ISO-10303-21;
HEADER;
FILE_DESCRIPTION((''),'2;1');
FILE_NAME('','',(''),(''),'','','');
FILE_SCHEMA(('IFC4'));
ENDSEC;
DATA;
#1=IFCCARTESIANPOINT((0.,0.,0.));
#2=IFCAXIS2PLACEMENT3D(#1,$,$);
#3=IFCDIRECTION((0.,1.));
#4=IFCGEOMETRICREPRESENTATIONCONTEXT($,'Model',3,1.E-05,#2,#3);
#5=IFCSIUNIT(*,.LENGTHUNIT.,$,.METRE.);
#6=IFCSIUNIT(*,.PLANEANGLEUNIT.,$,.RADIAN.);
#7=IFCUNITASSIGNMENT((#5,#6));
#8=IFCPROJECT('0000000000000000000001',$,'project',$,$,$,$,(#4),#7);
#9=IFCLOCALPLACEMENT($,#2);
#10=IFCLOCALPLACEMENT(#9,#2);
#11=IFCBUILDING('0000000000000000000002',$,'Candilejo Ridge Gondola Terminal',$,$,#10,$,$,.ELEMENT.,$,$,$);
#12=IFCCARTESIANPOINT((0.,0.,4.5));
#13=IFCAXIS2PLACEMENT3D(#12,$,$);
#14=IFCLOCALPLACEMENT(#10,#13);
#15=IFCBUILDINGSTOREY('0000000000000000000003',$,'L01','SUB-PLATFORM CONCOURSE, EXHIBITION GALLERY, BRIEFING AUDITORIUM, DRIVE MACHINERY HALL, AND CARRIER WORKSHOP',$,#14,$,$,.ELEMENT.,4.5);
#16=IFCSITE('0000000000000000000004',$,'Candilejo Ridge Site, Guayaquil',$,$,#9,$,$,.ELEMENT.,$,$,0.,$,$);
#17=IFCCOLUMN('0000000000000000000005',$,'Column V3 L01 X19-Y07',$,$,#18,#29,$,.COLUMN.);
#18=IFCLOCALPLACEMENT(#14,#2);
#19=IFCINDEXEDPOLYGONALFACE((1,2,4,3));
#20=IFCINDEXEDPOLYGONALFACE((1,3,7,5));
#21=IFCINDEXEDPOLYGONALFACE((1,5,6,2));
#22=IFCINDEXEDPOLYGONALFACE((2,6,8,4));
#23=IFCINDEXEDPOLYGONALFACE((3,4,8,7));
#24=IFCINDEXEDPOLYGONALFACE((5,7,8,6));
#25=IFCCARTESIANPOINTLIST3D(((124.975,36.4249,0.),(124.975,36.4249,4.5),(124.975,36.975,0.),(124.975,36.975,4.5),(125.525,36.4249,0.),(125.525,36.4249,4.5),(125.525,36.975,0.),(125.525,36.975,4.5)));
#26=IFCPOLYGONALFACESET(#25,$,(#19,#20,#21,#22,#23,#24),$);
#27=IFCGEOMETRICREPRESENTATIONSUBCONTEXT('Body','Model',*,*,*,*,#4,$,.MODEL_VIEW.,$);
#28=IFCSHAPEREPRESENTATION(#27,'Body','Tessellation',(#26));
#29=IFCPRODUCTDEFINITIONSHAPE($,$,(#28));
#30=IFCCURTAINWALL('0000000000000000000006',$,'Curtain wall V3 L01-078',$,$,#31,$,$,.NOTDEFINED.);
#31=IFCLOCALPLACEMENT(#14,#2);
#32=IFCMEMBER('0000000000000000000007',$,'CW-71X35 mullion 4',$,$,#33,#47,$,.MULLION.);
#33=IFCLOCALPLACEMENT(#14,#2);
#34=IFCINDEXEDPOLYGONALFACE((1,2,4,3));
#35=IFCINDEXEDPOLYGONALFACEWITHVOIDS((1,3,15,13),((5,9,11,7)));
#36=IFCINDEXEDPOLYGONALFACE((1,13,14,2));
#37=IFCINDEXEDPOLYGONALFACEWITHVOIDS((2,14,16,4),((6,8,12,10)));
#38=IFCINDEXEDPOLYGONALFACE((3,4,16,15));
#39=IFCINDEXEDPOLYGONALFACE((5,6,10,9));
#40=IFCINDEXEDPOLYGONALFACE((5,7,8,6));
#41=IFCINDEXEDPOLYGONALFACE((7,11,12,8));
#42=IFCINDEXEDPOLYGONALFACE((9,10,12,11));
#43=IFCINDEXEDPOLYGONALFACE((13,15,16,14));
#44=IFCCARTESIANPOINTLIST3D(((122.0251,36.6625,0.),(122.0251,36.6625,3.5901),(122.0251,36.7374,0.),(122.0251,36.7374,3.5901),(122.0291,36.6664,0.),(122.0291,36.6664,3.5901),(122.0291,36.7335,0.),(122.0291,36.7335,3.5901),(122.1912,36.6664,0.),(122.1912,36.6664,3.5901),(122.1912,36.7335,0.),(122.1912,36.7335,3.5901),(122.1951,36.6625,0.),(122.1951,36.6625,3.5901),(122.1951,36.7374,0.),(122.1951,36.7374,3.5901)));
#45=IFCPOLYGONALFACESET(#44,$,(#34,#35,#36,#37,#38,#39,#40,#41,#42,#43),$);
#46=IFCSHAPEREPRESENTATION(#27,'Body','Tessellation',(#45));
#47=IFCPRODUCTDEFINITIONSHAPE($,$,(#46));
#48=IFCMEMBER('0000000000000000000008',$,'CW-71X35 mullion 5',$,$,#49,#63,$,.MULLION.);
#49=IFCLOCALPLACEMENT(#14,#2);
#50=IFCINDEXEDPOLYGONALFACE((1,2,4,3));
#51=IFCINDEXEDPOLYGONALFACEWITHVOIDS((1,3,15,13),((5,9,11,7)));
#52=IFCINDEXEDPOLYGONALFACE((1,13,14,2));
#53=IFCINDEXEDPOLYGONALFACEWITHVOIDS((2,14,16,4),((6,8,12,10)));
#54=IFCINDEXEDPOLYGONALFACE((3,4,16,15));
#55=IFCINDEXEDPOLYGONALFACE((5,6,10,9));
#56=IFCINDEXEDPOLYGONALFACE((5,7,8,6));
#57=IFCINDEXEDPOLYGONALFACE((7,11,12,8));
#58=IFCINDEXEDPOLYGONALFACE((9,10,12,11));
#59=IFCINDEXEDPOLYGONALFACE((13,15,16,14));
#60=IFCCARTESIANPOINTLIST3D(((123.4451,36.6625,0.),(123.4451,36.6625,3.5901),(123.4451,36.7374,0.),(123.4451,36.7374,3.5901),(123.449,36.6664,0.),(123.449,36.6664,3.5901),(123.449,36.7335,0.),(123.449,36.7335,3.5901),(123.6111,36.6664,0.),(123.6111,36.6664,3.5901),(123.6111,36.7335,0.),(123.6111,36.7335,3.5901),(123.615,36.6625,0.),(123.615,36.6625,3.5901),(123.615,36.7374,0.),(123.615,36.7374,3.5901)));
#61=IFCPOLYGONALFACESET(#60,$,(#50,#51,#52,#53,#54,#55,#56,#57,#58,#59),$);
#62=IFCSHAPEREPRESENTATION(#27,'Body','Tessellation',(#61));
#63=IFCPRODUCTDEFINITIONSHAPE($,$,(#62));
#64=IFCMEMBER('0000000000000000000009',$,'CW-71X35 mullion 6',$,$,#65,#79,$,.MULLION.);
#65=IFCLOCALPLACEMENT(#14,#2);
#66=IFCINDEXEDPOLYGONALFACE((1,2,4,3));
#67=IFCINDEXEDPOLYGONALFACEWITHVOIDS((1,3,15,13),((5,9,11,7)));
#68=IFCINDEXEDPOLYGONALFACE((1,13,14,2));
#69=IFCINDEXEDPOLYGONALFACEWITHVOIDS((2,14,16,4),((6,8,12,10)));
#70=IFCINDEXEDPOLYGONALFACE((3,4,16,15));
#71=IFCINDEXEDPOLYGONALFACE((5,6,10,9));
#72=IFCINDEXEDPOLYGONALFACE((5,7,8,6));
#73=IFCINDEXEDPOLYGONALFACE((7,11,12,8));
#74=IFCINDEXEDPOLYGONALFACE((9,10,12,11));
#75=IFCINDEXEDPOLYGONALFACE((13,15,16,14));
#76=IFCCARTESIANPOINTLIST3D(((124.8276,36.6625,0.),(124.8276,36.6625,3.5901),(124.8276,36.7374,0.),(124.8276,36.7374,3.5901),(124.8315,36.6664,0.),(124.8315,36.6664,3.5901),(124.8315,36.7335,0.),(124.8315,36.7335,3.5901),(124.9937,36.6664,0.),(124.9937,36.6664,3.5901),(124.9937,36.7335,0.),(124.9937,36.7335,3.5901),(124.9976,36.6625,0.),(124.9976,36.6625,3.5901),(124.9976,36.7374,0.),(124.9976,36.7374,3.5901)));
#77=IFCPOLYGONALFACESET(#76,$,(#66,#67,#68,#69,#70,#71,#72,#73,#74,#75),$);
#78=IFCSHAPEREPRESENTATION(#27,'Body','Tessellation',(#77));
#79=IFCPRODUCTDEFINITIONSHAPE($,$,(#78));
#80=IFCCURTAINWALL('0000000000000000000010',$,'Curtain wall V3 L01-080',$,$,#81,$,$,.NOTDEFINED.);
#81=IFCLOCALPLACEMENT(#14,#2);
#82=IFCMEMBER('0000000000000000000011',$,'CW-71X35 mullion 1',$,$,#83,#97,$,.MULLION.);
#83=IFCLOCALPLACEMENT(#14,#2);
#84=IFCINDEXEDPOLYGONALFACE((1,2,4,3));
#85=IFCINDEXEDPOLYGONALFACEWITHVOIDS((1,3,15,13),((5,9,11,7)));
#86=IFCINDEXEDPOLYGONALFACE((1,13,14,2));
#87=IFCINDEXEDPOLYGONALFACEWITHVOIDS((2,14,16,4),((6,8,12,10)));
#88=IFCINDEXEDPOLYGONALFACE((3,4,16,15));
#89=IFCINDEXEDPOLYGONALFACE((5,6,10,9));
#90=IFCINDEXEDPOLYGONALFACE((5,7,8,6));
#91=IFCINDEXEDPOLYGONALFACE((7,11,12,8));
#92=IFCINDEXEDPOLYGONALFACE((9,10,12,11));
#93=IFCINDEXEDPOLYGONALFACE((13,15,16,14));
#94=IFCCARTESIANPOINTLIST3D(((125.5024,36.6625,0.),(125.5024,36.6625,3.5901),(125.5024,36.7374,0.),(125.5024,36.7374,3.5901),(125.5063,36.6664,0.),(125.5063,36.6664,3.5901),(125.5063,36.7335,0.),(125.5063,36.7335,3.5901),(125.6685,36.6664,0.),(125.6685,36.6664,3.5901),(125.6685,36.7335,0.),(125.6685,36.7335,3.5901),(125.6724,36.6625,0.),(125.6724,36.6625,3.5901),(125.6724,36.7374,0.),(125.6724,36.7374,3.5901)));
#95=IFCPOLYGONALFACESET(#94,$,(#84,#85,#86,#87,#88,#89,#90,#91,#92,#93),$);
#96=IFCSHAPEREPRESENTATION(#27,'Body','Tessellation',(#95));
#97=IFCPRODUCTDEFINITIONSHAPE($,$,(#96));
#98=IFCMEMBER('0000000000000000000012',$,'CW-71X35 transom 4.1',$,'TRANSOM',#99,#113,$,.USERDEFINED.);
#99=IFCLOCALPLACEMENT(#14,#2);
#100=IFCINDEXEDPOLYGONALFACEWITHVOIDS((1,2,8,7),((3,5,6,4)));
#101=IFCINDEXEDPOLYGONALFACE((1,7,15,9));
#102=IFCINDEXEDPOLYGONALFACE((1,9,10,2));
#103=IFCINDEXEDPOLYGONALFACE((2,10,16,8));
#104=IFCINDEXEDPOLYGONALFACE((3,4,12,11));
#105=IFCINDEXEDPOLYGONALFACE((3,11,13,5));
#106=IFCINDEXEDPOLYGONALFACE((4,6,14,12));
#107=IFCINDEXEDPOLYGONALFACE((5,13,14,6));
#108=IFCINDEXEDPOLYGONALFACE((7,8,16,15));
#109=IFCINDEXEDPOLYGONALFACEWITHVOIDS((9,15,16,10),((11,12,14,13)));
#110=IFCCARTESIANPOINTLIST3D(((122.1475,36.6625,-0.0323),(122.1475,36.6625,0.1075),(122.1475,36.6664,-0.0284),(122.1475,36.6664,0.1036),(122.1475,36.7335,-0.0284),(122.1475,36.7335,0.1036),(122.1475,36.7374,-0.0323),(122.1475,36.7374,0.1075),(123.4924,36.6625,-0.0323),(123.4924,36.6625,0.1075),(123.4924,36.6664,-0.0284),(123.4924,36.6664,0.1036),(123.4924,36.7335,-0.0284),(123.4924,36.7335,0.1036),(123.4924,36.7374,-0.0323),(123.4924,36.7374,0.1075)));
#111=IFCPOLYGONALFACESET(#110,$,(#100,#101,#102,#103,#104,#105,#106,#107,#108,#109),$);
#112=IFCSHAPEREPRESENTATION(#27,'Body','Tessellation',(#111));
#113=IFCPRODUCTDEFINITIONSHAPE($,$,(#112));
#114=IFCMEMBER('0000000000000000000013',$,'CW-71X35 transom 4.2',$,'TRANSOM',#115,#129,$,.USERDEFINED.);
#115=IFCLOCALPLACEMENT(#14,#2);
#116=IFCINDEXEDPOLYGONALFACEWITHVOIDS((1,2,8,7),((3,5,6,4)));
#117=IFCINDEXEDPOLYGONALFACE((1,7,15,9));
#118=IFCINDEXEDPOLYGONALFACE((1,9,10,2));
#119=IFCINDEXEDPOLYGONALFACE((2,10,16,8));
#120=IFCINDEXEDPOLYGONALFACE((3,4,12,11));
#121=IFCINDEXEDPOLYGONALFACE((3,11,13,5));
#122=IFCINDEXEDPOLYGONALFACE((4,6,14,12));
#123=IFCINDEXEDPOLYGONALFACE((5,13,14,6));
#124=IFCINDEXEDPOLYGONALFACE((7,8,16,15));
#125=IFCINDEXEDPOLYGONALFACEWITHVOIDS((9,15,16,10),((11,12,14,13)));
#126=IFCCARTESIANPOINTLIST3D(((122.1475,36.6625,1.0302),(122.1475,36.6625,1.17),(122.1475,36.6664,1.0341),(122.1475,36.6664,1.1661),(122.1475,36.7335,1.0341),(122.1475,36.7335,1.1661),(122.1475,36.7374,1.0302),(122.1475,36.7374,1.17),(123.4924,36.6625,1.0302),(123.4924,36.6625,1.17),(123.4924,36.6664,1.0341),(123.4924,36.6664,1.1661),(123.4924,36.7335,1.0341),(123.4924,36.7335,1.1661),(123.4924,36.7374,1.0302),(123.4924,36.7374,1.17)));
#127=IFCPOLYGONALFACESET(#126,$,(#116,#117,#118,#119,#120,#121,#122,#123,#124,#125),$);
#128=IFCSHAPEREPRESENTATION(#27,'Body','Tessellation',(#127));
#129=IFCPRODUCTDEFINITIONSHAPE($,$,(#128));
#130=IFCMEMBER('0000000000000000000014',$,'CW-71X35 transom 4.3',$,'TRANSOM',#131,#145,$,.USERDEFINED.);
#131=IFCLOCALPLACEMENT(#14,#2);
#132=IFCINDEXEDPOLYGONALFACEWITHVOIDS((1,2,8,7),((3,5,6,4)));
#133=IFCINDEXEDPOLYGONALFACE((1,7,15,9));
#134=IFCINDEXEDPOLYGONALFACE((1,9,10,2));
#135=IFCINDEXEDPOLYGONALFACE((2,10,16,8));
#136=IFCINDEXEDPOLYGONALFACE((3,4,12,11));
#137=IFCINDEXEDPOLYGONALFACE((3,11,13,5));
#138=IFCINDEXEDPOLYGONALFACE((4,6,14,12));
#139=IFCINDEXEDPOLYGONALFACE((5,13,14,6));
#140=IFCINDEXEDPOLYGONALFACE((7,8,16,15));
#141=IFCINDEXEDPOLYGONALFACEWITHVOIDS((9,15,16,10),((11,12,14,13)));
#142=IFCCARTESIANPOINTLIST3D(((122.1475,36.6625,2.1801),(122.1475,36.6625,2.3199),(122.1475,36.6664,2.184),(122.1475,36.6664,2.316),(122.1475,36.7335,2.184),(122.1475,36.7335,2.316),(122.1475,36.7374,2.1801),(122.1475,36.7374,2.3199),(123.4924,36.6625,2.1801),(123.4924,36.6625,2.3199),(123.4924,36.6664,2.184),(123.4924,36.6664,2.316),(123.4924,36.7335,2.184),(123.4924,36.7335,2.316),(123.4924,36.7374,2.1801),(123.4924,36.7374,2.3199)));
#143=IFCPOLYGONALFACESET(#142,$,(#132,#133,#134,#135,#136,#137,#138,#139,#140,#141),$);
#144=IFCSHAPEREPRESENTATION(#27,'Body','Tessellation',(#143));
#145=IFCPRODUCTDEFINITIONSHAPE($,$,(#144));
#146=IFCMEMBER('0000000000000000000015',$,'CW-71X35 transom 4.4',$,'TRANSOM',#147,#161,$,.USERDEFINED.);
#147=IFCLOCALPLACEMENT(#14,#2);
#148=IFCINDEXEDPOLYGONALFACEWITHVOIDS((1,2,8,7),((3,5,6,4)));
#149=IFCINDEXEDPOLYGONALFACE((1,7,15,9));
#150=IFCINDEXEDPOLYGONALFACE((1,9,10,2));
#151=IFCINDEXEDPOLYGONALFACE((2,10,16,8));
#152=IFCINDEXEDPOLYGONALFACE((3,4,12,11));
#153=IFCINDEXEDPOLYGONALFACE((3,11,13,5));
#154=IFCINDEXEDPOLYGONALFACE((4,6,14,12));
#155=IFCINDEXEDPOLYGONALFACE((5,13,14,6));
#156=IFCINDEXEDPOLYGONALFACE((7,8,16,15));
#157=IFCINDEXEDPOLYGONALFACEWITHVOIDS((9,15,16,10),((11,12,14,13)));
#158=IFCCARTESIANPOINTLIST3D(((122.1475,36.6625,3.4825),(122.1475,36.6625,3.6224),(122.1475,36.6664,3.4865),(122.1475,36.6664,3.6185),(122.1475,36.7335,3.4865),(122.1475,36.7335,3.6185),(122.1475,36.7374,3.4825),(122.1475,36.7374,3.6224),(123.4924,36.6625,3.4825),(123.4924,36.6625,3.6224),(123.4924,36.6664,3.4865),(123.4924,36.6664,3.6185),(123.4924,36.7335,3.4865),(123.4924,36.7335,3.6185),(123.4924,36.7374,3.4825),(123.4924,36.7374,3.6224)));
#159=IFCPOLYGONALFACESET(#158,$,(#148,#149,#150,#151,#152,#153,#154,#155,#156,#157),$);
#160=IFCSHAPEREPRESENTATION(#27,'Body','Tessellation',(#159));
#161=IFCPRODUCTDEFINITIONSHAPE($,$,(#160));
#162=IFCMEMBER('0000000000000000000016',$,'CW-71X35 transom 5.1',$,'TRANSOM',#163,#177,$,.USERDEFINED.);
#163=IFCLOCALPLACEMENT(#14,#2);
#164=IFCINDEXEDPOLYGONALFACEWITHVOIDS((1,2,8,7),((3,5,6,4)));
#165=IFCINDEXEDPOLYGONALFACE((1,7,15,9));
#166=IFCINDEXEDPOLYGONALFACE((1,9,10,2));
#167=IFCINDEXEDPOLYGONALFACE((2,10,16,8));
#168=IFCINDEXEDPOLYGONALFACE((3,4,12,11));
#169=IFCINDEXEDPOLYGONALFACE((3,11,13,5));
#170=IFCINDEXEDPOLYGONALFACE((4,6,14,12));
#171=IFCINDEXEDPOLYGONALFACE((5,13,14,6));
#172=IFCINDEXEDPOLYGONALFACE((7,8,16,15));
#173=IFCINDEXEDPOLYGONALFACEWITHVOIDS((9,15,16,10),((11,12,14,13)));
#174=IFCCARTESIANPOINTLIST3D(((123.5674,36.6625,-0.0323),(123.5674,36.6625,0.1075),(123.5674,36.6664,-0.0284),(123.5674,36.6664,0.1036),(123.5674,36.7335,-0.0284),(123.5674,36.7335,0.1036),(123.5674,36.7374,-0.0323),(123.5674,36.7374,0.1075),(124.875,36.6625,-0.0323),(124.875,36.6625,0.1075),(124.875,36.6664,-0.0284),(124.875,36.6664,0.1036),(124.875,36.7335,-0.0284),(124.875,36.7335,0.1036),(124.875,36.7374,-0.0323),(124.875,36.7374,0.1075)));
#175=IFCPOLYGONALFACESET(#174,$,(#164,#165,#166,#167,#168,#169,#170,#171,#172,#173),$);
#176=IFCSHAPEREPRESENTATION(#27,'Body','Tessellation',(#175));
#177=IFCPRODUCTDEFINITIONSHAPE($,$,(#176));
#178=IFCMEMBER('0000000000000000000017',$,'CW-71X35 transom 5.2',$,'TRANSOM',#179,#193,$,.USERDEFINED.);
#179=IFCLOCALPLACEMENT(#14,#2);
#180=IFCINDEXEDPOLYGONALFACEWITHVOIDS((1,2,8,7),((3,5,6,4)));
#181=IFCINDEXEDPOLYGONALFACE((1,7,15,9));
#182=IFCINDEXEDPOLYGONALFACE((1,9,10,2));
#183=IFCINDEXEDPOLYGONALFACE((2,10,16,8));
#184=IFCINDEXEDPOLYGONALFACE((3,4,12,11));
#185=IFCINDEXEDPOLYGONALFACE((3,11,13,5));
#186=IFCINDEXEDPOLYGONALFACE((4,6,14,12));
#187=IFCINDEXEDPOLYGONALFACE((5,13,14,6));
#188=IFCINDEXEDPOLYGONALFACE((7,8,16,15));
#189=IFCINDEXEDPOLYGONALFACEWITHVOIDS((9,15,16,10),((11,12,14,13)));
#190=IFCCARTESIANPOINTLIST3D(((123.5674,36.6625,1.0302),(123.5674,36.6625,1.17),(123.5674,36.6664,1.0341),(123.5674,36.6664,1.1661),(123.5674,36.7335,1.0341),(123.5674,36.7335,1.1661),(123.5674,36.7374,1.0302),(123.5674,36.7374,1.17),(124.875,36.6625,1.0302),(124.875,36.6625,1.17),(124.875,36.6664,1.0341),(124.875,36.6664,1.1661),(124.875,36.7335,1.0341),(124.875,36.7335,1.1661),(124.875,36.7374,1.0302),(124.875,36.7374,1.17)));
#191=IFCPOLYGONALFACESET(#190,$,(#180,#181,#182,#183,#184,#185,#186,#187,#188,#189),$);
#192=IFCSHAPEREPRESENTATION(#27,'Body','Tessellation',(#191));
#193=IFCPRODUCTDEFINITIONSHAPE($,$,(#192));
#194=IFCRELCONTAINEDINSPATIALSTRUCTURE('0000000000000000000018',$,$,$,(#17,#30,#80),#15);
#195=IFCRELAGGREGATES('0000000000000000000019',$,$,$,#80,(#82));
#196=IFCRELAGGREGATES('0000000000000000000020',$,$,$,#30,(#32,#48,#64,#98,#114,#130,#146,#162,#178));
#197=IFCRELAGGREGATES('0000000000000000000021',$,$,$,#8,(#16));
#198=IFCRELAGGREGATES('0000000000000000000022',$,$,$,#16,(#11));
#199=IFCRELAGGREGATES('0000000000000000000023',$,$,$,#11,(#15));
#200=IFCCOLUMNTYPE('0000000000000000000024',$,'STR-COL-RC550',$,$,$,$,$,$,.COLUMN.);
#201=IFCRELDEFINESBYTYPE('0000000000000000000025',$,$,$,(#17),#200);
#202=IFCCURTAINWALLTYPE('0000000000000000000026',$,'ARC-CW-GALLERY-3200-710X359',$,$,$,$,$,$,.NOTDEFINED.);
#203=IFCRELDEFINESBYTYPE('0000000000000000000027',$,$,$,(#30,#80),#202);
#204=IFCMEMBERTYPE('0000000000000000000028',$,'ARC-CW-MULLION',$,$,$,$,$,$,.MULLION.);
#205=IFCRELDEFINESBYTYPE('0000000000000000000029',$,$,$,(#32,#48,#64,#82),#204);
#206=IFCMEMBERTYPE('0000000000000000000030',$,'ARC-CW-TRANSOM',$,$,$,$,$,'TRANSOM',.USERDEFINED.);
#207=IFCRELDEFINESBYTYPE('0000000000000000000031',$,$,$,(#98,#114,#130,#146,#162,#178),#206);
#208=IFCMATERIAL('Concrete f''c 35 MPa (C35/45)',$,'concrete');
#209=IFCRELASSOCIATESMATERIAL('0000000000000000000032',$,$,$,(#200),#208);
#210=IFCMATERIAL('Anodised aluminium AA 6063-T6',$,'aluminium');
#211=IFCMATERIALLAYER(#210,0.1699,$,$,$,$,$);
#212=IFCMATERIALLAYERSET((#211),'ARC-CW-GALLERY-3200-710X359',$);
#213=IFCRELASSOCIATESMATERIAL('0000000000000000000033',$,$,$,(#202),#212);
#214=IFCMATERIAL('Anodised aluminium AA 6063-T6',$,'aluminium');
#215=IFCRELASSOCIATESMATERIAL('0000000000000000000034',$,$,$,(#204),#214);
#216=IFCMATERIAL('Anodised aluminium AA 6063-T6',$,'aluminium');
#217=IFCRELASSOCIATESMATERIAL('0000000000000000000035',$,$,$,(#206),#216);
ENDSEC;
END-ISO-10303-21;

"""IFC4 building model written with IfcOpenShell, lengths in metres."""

from ifc_helpers import new_model, si_unit, direction, frame, origin, origin_2d, place, context, subcontext, project, spatial, rectangle, hollow_rectangle, extrude, material, layer, layer_set, material_profile, profile_set, type_object, element, aggregate, save


model = new_model("IFC4")

# Units and contexts
model_context = context("Model", 3, precision=1e-05, world=origin(), true_north=direction((0.0, 1.0)))
body_context = subcontext(model_context, "Body", "Model", "MODEL_VIEW")
ifc_project = project(units=[si_unit("LENGTHUNIT", "METRE"), si_unit("PLANEANGLEUNIT", "RADIAN")], contexts=[model_context])

# Site, building, storey
site_placement = place(None, origin())
site = spatial("IfcSite", under=ifc_project, at=site_placement, Name="Candilejo Ridge Site, Guayaquil", CompositionType="ELEMENT", RefElevation=0.0)
building_placement = place(site_placement, origin())
building = spatial("IfcBuilding", under=site, at=building_placement, Name="Candilejo Ridge Gondola Terminal", CompositionType="ELEMENT")
storey_placement = place(building_placement, frame((0.0, 0.0, 4.5)))
storey = spatial("IfcBuildingStorey", under=building, at=storey_placement, Name="L01", Description="SUB-PLATFORM CONCOURSE, EXHIBITION GALLERY, BRIEFING AUDITORIUM, DRIVE MACHINERY HALL, AND CARRIER WORKSHOP", CompositionType="ELEMENT", Elevation=4.5)

# Column
ifc_material_1 = material(Name="Concrete f'c 35 MPa (C35/45)", Category="concrete")
ifc_material_profile_1 = material_profile(ifc_material_1, rectangle(XDim=0.55, YDim=0.55, at=origin_2d()))
ifc_profile_set_1 = profile_set([ifc_material_profile_1], Name="Concrete f'c 35 MPa (C35/45)")
column_type = type_object("IfcColumnType", Name="STR-COL-RC550", PredefinedType="COLUMN", material=ifc_profile_set_1)
column_placement = place(storey_placement, frame((125.25, 36.7, 0.0), z_axis=(0.0, 0.0, 1.0), x_axis=(1.0, 0.0, 0.0)))
element("IfcColumn", 1, at=column_placement, inside=storey, type_object=column_type, Name="Column V3 L01 X19-Y07", PredefinedType="COLUMN", context=body_context, shape_type="SweptSolid", body=[
    extrude(rectangle(XDim=0.55, YDim=0.55, at=origin_2d()), origin(), (0.0, 0.0, 1.0), 4.5),
])

# Curtain wall, members
ifc_material_2 = material(Name="Anodised aluminium AA 6063-T6", Category="aluminium")
ifc_layer_1 = layer(ifc_material_2, 0.1699)
ifc_layer_set_1 = layer_set([ifc_layer_1], Name="ARC-CW-GALLERY-3200-710X359")
curtain_wall_type = type_object("IfcCurtainWallType", Name="ARC-CW-GALLERY-3200-710X359", PredefinedType="NOTDEFINED", material=ifc_layer_set_1)
curtain_wall_1_placement = place(storey_placement, origin())
curtain_wall_1 = element("IfcCurtainWall", 2, at=curtain_wall_1_placement, inside=storey, type_object=curtain_wall_type, Name="Curtain wall V3 L01-078", PredefinedType="NOTDEFINED")
ifc_material_3 = material(Name="Anodised aluminium AA 6063-T6", Category="aluminium")
ifc_material_profile_2 = material_profile(ifc_material_3, hollow_rectangle(XDim=0.075, YDim=0.1699, WallThickness=0.0039, at=origin_2d()))
ifc_profile_set_2 = profile_set([ifc_material_profile_2], Name="Anodised aluminium AA 6063-T6")
member_type_1 = type_object("IfcMemberType", Name="ARC-CW-MULLION", PredefinedType="MULLION", material=ifc_profile_set_2)
member_1_placement = place(storey_placement, frame((122.1101, 36.7, 0.0), z_axis=(0.0, 0.0, 1.0), x_axis=(0.0, 1.0, 0.0)))
member_1 = element("IfcMember", 3, at=member_1_placement, type_object=member_type_1, Name="CW-71X35 mullion 4", PredefinedType="MULLION", context=body_context, shape_type="SweptSolid", body=[
    extrude(hollow_rectangle(XDim=0.075, YDim=0.1699, WallThickness=0.0039, at=origin_2d()), origin(), (0.0, 0.0, 1.0), 3.5901),
])
member_2_placement = place(storey_placement, frame((123.53, 36.7, 0.0), z_axis=(0.0, 0.0, 1.0), x_axis=(0.0, 1.0, 0.0)))
member_2 = element("IfcMember", 4, at=member_2_placement, type_object=member_type_1, Name="CW-71X35 mullion 5", PredefinedType="MULLION", context=body_context, shape_type="SweptSolid", body=[
    extrude(hollow_rectangle(XDim=0.075, YDim=0.1699, WallThickness=0.0039, at=origin_2d()), origin(), (0.0, 0.0, 1.0), 3.5901),
])
member_3_placement = place(storey_placement, frame((124.9126, 36.7, 0.0), z_axis=(0.0, 0.0, 1.0), x_axis=(0.0, 1.0, 0.0)))
member_3 = element("IfcMember", 5, at=member_3_placement, type_object=member_type_1, Name="CW-71X35 mullion 6", PredefinedType="MULLION", context=body_context, shape_type="SweptSolid", body=[
    extrude(hollow_rectangle(XDim=0.075, YDim=0.1699, WallThickness=0.0039, at=origin_2d()), origin(), (0.0, 0.0, 1.0), 3.5901),
])

# Curtain wall, member
curtain_wall_2_placement = place(storey_placement, origin())
curtain_wall_2 = element("IfcCurtainWall", 6, at=curtain_wall_2_placement, inside=storey, type_object=curtain_wall_type, Name="Curtain wall V3 L01-080", PredefinedType="NOTDEFINED")
member_4_placement = place(storey_placement, frame((125.5874, 36.7, 0.0), z_axis=(0.0, 0.0, 1.0), x_axis=(0.0, 1.0, 0.0)))
member_4 = element("IfcMember", 7, at=member_4_placement, type_object=member_type_1, Name="CW-71X35 mullion 1", PredefinedType="MULLION", context=body_context, shape_type="SweptSolid", body=[
    extrude(hollow_rectangle(XDim=0.075, YDim=0.1699, WallThickness=0.0039, at=origin_2d()), origin(), (0.0, 0.0, 1.0), 3.5901),
])
aggregate(curtain_wall_2, [member_4])

# Members
ifc_material_4 = material(Name="Anodised aluminium AA 6063-T6", Category="aluminium")
ifc_material_profile_3 = material_profile(ifc_material_4, hollow_rectangle(XDim=0.075, YDim=0.1399, WallThickness=0.0039, at=origin_2d()))
ifc_profile_set_3 = profile_set([ifc_material_profile_3], Name="Anodised aluminium AA 6063-T6")
member_type_2 = type_object("IfcMemberType", Name="ARC-CW-TRANSOM", ElementType="TRANSOM", PredefinedType="USERDEFINED", material=ifc_profile_set_3)
member_5_placement = place(storey_placement, frame((122.1475, 36.7, 0.0376), z_axis=(1.0, 0.0, 0.0), x_axis=(0.0, 1.0, 0.0)))
member_5 = element("IfcMember", 8, at=member_5_placement, type_object=member_type_2, Name="CW-71X35 transom 4.1", ObjectType="TRANSOM", PredefinedType="USERDEFINED", context=body_context, shape_type="SweptSolid", body=[
    extrude(hollow_rectangle(XDim=0.075, YDim=0.1399, WallThickness=0.0039, at=origin_2d()), origin(), (0.0, 0.0, 1.0), 1.345),
])
member_6_placement = place(storey_placement, frame((122.1475, 36.7, 1.1001), z_axis=(1.0, 0.0, 0.0), x_axis=(0.0, 1.0, 0.0)))
member_6 = element("IfcMember", 9, at=member_6_placement, type_object=member_type_2, Name="CW-71X35 transom 4.2", ObjectType="TRANSOM", PredefinedType="USERDEFINED", context=body_context, shape_type="SweptSolid", body=[
    extrude(hollow_rectangle(XDim=0.075, YDim=0.1399, WallThickness=0.0039, at=origin_2d()), origin(), (0.0, 0.0, 1.0), 1.345),
])
member_7_placement = place(storey_placement, frame((122.1475, 36.7, 2.25), z_axis=(1.0, 0.0, 0.0), x_axis=(0.0, 1.0, 0.0)))
member_7 = element("IfcMember", 10, at=member_7_placement, type_object=member_type_2, Name="CW-71X35 transom 4.3", ObjectType="TRANSOM", PredefinedType="USERDEFINED", context=body_context, shape_type="SweptSolid", body=[
    extrude(hollow_rectangle(XDim=0.075, YDim=0.1399, WallThickness=0.0039, at=origin_2d()), origin(), (0.0, 0.0, 1.0), 1.345),
])
member_8_placement = place(storey_placement, frame((122.1475, 36.7, 3.5525), z_axis=(1.0, 0.0, 0.0), x_axis=(0.0, 1.0, 0.0)))
member_8 = element("IfcMember", 11, at=member_8_placement, type_object=member_type_2, Name="CW-71X35 transom 4.4", ObjectType="TRANSOM", PredefinedType="USERDEFINED", context=body_context, shape_type="SweptSolid", body=[
    extrude(hollow_rectangle(XDim=0.075, YDim=0.1399, WallThickness=0.0039, at=origin_2d()), origin(), (0.0, 0.0, 1.0), 1.345),
])
member_9_placement = place(storey_placement, frame((123.5674, 36.7, 0.0376), z_axis=(1.0, 0.0, 0.0), x_axis=(0.0, 1.0, 0.0)))
member_9 = element("IfcMember", 12, at=member_9_placement, type_object=member_type_2, Name="CW-71X35 transom 5.1", ObjectType="TRANSOM", PredefinedType="USERDEFINED", context=body_context, shape_type="SweptSolid", body=[
    extrude(hollow_rectangle(XDim=0.075, YDim=0.1399, WallThickness=0.0039, at=origin_2d()), origin(), (0.0, 0.0, 1.0), 1.3076),
])
member_10_placement = place(storey_placement, frame((123.5674, 36.7, 1.1001), z_axis=(1.0, 0.0, 0.0), x_axis=(0.0, 1.0, 0.0)))
member_10 = element("IfcMember", 13, at=member_10_placement, type_object=member_type_2, Name="CW-71X35 transom 5.2", ObjectType="TRANSOM", PredefinedType="USERDEFINED", context=body_context, shape_type="SweptSolid", body=[
    extrude(hollow_rectangle(XDim=0.075, YDim=0.1399, WallThickness=0.0039, at=origin_2d()), origin(), (0.0, 0.0, 1.0), 1.3076),
])

aggregate(curtain_wall_1, [member_1, member_2, member_3, member_5, member_6, member_7, member_8, member_9, member_10])

save(model, "model.ifc")
